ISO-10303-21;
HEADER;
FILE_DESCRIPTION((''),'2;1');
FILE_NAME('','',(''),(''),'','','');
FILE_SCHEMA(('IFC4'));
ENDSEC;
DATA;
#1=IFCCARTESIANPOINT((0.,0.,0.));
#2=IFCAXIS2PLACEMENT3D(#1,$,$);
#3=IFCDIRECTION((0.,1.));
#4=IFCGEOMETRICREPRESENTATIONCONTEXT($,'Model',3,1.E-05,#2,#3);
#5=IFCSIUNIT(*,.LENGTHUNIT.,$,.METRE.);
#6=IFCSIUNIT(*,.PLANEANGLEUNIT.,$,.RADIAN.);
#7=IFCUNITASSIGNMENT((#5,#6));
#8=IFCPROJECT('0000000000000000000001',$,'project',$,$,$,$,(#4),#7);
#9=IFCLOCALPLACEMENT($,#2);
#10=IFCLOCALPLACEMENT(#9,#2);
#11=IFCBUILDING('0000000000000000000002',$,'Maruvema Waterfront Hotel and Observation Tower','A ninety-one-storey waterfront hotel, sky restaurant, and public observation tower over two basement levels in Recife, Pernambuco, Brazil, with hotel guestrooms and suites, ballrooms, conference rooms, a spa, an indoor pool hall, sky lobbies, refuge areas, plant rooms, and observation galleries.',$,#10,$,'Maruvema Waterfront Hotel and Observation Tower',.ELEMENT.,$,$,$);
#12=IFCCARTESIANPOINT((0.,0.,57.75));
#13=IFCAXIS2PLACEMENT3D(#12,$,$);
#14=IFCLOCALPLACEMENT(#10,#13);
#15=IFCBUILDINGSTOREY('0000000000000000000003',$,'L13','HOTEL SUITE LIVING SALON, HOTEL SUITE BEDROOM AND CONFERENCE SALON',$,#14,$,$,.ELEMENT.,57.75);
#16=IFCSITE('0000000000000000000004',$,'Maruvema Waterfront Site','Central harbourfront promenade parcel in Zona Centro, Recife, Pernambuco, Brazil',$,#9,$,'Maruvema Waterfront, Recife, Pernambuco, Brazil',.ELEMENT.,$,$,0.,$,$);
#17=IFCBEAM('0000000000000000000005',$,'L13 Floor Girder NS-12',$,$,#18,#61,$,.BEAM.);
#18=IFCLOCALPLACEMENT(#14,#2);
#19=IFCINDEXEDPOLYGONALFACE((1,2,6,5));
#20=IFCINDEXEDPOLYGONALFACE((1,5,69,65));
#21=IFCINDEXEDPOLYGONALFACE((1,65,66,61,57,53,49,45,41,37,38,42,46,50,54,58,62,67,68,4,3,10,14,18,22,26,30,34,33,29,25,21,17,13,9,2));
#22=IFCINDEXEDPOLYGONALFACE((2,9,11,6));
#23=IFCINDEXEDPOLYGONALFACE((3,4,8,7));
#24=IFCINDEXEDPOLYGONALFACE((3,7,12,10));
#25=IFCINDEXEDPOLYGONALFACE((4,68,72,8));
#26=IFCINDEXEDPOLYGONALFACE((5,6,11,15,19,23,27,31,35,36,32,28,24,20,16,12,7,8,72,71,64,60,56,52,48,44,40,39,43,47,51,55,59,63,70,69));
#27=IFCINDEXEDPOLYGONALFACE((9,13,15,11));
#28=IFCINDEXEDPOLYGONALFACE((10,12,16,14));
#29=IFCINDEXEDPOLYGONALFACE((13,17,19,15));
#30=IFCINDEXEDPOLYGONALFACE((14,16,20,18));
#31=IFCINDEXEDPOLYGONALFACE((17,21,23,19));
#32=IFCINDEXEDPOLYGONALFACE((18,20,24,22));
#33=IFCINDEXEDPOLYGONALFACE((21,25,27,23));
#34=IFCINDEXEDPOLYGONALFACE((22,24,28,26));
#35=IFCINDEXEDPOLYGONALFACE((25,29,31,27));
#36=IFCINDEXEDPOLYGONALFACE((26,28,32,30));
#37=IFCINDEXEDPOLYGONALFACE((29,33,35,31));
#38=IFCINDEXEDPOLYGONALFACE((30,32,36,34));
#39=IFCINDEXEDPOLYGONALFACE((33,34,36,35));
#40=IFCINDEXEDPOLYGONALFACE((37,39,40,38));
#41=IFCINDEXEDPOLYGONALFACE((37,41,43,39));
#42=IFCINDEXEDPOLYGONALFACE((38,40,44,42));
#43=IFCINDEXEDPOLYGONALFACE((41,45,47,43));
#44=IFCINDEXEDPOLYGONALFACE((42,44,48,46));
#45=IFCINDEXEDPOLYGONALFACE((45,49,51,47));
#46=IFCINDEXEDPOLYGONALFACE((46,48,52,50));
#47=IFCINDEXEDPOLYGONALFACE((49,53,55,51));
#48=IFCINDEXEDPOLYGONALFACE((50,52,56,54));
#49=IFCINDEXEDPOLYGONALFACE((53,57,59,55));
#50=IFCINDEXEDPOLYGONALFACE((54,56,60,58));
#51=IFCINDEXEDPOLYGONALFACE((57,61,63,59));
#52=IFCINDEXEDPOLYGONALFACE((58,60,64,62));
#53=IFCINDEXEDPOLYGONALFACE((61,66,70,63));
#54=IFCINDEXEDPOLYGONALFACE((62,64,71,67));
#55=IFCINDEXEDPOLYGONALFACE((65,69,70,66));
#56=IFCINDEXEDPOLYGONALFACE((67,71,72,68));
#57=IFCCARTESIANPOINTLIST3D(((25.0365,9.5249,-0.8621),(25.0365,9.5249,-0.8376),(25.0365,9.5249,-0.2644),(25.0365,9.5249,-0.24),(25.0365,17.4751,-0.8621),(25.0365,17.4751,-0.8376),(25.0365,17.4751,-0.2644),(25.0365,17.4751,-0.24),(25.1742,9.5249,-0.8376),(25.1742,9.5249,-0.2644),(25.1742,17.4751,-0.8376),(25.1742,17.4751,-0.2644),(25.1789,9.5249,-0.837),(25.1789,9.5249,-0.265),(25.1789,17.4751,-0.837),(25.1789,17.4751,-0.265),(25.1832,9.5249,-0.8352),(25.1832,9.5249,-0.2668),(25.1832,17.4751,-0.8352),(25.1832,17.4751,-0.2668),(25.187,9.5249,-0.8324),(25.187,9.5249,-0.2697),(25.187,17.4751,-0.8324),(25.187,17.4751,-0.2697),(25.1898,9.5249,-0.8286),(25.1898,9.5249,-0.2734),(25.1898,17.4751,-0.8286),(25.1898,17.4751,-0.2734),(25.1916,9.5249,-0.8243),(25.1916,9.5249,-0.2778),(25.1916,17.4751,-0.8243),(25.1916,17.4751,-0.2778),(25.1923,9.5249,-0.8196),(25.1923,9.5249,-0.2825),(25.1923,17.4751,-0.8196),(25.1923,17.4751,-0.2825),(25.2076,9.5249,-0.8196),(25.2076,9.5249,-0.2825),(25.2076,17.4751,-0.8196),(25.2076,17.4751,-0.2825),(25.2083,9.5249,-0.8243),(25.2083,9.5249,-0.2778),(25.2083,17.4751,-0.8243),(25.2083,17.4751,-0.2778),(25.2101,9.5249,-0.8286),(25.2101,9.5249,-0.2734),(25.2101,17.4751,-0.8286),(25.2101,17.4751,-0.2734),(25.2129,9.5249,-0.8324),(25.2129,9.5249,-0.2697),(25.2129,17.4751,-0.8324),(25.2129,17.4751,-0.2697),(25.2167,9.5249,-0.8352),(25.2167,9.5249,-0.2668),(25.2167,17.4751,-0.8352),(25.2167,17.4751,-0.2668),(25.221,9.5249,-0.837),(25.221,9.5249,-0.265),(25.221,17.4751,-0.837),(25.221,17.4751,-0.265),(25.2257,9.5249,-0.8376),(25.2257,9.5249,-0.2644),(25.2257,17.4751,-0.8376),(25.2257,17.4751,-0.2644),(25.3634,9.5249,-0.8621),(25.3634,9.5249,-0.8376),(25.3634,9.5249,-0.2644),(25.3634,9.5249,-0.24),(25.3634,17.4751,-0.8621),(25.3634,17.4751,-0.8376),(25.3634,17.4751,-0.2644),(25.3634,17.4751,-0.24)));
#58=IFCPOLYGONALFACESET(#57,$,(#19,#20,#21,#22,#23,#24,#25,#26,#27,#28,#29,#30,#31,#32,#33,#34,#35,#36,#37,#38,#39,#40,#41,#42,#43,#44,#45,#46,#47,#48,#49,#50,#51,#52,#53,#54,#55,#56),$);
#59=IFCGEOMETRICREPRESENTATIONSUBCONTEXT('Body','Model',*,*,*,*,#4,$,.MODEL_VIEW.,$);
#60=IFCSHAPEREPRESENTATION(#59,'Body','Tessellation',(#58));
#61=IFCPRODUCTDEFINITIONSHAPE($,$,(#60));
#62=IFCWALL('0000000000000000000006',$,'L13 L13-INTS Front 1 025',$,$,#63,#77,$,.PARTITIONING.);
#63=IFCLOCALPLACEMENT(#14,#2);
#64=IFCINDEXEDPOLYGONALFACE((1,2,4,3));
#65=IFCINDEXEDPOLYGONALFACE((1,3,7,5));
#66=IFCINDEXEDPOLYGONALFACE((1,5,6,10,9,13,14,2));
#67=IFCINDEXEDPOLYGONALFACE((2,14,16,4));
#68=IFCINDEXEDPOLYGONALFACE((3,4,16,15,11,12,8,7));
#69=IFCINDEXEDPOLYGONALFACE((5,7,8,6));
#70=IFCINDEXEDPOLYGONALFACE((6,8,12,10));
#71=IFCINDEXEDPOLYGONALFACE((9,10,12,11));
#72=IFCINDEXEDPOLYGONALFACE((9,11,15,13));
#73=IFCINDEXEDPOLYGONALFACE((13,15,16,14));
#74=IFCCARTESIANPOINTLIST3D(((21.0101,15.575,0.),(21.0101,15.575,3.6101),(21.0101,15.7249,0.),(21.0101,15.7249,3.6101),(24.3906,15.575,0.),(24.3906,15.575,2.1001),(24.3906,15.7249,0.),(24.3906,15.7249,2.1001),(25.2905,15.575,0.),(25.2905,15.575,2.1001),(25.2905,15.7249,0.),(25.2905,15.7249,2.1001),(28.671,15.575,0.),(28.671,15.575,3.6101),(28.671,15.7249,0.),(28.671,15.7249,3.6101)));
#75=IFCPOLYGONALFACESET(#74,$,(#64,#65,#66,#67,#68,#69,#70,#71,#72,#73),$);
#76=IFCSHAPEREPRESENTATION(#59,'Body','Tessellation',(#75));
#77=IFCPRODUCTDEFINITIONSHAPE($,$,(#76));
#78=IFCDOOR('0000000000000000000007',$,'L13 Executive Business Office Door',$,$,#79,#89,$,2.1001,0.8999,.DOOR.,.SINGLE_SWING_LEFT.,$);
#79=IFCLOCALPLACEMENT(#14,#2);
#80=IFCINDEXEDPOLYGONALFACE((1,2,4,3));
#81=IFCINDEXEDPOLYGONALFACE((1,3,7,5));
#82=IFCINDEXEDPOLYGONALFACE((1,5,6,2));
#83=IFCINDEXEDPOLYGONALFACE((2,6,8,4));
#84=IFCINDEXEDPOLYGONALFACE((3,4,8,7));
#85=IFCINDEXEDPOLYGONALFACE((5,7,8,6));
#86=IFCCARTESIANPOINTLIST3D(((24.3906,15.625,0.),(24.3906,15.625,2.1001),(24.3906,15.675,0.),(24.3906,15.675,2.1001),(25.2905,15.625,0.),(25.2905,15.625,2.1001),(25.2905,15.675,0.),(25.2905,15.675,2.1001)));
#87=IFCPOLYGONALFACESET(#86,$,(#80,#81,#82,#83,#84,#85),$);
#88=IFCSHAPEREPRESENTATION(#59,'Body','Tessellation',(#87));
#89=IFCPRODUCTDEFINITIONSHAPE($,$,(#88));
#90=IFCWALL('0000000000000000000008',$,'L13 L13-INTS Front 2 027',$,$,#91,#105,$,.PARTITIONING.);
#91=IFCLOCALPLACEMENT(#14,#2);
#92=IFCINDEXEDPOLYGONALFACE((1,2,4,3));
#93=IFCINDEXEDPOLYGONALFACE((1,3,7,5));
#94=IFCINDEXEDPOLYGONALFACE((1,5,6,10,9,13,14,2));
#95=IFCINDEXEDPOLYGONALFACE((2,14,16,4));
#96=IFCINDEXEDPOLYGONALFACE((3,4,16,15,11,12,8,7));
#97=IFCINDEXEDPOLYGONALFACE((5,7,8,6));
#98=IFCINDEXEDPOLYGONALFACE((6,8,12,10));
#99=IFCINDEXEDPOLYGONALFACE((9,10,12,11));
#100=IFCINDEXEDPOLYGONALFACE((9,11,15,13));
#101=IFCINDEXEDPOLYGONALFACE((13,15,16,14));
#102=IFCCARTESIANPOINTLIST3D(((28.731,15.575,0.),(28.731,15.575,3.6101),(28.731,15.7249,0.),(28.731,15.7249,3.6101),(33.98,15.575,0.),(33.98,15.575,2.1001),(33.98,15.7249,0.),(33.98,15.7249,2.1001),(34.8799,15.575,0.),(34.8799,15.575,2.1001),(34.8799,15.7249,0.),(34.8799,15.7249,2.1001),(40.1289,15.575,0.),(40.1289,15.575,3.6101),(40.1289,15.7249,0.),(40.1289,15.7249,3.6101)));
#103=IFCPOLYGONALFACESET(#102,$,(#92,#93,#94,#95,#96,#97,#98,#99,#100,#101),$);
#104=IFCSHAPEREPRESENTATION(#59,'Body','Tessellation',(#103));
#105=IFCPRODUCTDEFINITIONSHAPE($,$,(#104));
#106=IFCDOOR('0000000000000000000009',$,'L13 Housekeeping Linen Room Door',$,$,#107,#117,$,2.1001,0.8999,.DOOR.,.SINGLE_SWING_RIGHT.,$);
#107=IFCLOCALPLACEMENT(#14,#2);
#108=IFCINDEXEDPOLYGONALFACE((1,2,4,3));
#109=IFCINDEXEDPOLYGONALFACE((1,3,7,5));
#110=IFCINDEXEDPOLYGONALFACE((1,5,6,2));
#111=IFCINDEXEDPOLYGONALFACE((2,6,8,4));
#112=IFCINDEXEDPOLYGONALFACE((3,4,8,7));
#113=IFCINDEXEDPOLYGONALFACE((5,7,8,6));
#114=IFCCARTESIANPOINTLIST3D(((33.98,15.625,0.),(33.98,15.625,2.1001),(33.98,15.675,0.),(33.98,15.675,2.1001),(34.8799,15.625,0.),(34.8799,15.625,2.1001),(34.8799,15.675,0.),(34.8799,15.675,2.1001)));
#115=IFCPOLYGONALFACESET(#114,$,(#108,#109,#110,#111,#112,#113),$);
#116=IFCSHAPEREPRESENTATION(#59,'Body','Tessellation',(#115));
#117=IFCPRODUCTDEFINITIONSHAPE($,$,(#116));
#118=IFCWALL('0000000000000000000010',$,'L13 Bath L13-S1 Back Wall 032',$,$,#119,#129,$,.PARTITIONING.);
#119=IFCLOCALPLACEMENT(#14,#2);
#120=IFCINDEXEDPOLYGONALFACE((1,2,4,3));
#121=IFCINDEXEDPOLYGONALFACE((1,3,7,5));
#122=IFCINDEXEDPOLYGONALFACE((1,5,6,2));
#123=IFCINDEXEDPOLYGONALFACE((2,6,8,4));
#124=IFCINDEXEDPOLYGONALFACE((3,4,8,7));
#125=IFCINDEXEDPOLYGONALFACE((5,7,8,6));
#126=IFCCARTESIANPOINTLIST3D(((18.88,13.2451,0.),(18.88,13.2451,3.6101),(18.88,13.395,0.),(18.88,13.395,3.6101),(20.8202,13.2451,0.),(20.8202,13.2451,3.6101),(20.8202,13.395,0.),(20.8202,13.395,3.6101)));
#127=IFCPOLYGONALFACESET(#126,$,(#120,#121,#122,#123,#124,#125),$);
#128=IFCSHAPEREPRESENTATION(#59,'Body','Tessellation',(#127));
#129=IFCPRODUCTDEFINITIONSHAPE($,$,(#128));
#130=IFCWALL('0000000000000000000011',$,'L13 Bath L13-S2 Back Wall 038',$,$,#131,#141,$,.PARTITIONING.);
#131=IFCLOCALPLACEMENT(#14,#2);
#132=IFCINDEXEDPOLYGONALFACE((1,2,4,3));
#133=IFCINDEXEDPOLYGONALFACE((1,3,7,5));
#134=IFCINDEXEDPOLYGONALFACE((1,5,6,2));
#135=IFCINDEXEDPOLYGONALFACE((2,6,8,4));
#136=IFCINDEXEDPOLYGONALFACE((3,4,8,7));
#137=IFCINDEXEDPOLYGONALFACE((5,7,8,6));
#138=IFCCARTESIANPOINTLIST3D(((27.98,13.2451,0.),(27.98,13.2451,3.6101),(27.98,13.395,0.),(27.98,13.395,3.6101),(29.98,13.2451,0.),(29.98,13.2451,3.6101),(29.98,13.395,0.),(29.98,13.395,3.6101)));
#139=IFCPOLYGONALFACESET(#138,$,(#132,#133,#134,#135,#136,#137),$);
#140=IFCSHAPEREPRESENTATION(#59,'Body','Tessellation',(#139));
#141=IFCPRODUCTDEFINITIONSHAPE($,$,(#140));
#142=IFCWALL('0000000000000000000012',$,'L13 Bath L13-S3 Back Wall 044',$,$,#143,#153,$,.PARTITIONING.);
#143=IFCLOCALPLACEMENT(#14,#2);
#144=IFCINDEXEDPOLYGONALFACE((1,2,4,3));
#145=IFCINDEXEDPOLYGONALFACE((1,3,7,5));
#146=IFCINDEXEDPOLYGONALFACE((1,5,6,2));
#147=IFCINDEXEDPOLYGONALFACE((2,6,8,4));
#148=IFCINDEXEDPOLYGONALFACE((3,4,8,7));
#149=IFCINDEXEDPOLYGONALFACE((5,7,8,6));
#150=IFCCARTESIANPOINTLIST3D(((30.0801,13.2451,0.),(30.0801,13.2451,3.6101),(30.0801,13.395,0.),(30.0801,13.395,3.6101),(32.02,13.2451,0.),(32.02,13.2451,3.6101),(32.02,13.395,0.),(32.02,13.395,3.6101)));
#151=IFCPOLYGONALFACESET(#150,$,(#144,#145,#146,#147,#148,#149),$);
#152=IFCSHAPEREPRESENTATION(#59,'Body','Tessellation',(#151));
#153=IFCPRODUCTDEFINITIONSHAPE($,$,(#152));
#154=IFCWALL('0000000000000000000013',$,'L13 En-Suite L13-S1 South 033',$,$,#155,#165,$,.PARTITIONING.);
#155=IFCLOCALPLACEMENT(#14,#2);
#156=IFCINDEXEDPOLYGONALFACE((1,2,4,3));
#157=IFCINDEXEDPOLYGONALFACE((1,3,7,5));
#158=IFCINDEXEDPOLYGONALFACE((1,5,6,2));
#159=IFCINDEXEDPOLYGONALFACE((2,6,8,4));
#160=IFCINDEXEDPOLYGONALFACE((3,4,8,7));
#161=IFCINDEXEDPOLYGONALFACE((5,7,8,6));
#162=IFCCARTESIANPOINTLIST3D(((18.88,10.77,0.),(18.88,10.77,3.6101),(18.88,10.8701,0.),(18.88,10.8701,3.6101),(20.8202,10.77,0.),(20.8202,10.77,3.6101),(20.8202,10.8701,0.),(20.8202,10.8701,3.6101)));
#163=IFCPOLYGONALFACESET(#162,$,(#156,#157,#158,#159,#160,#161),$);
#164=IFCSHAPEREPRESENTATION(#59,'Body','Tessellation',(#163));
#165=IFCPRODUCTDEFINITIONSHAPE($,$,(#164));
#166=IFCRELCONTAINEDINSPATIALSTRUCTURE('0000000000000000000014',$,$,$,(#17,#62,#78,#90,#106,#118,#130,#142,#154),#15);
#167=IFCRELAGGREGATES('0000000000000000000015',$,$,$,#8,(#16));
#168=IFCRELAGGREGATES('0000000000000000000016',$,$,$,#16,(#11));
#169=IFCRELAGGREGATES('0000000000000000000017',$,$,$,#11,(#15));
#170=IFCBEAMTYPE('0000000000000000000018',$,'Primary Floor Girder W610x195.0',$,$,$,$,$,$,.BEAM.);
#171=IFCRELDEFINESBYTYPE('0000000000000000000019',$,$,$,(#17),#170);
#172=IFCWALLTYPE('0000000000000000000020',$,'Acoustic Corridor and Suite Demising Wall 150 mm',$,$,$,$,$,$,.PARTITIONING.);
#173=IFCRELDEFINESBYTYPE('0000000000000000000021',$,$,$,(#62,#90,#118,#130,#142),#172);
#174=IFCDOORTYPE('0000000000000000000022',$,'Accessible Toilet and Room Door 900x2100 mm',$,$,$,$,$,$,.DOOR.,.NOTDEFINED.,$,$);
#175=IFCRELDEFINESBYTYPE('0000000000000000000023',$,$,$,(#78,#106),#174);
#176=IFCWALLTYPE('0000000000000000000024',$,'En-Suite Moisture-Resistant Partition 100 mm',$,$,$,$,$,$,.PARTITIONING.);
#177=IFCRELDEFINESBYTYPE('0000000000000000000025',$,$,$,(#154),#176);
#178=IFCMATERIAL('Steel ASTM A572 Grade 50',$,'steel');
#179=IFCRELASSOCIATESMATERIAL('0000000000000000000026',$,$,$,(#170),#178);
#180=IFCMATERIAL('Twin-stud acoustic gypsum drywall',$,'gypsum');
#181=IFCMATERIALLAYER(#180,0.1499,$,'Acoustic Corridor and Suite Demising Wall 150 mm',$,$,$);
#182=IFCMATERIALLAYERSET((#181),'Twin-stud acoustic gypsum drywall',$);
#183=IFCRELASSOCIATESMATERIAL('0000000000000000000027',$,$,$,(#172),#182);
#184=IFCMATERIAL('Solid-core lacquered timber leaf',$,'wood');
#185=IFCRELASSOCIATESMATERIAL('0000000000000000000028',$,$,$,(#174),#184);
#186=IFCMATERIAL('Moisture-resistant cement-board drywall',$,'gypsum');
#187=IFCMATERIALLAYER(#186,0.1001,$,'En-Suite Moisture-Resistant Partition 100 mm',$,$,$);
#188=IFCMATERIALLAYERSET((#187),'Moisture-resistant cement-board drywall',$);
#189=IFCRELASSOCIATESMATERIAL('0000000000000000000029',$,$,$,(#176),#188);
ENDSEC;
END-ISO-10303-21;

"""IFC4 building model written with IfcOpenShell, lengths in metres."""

from ifc_helpers import new_model, si_unit, direction, frame, frame_2d, origin, origin_2d, place, context, subcontext, project, spatial, rectangle, i_section, extrude, material, layer, layer_set, material_profile, profile_set, type_object, element, fill, save


model = new_model("IFC4")

# Units and contexts
model_context = context("Model", 3, precision=1e-05, world=origin(), true_north=direction((0.0, 1.0)))
body_context = subcontext(model_context, "Body", "Model", "MODEL_VIEW")
ifc_project = project(units=[si_unit("LENGTHUNIT", "METRE"), si_unit("PLANEANGLEUNIT", "RADIAN")], contexts=[model_context])

# Site, building, storey
site_placement = place(None, origin())
site = spatial("IfcSite", under=ifc_project, at=site_placement, Name="Maruvema Waterfront Site", Description="Central harbourfront promenade parcel in Zona Centro, Recife, Pernambuco, Brazil", LongName="Maruvema Waterfront, Recife, Pernambuco, Brazil", CompositionType="ELEMENT", RefElevation=0.0)
building_placement = place(site_placement, origin())
building = spatial("IfcBuilding", under=site, at=building_placement, Name="Maruvema Waterfront Hotel and Observation Tower", Description="A ninety-one-storey waterfront hotel, sky restaurant, and public observation tower over two basement levels in Recife, Pernambuco, Brazil, with hotel guestrooms and suites, ballrooms, conference rooms, a spa, an indoor pool hall, sky lobbies, refuge areas, plant rooms, and observation galleries.", LongName="Maruvema Waterfront Hotel and Observation Tower", CompositionType="ELEMENT")
storey_placement = place(building_placement, frame((0.0, 0.0, 57.75)))
storey = spatial("IfcBuildingStorey", under=building, at=storey_placement, Name="L13", Description="HOTEL SUITE LIVING SALON, HOTEL SUITE BEDROOM AND CONFERENCE SALON", CompositionType="ELEMENT", Elevation=57.75)

# Beam
ifc_material_1 = material(Name="Steel ASTM A572 Grade 50", Category="steel")
ifc_material_profile = material_profile(ifc_material_1, i_section(OverallWidth=0.3269, OverallDepth=0.6221, WebThickness=0.0154, FlangeThickness=0.0244, FilletRadius=0.0181, at=origin_2d()), Name="W610x195.0")
ifc_profile_set = profile_set([ifc_material_profile], Name="Steel ASTM A572 Grade 50")
beam_type = type_object("IfcBeamType", Name="Primary Floor Girder W610x195.0", PredefinedType="BEAM", material=ifc_profile_set)
beam_placement = place(storey_placement, frame((25.2, 9.5249, -0.551), z_axis=(0.0, 1.0, 0.0), x_axis=(-1.0, 0.0, 0.0)))
element("IfcBeam", 1, at=beam_placement, inside=storey, type_object=beam_type, Name="L13 Floor Girder NS-12", PredefinedType="BEAM", context=body_context, shape_type="SweptSolid", body=[
    extrude(i_section(OverallWidth=0.3269, OverallDepth=0.6221, WebThickness=0.0154, FlangeThickness=0.0244, FilletRadius=0.0181, at=origin_2d()), origin(), (0.0, 0.0, 1.0), 7.9502),
])

# Walls, openings, doors
ifc_material_2 = material(Name="Twin-stud acoustic gypsum drywall", Category="gypsum")
ifc_layer_1 = layer(ifc_material_2, 0.1499, Name="Acoustic Corridor and Suite Demising Wall 150 mm")
ifc_layer_set_1 = layer_set([ifc_layer_1], Name="Twin-stud acoustic gypsum drywall")
wall_type_1 = type_object("IfcWallType", Name="Acoustic Corridor and Suite Demising Wall 150 mm", PredefinedType="PARTITIONING", material=ifc_layer_set_1)
wall_1_placement = place(storey_placement, frame((21.01, 15.6499, 0.0), z_axis=(0.0, 0.0, 1.0), x_axis=(1.0, 0.0, 0.0)))
wall_1 = element("IfcWall", 2, at=wall_1_placement, inside=storey, type_object=wall_type_1, Name="L13 L13-INTS Front 1 025", PredefinedType="PARTITIONING", context=body_context, shape_type="SweptSolid", body=[
    extrude(rectangle(XDim=7.6609, YDim=0.1499, at=frame_2d((3.8306, 0.0))), origin(), (0.0, 0.0, 1.0), 3.6101),
])
opening_1_placement = place(wall_1_placement, frame((3.3806, 0.0, 0.0)))
opening_1 = element("IfcOpeningElement", 3, at=opening_1_placement, cuts=wall_1, PredefinedType="OPENING", context=body_context, shape_type="SweptSolid", body=[
    extrude(rectangle(XDim=0.8999, YDim=2.1001, at=frame_2d((0.45, 1.05))), frame((0.0, 0.085, 0.0), z_axis=(0.0, -1.0, 0.0), x_axis=(1.0, 0.0, 0.0)), (0.0, 0.0, 1.0), 0.1699),
])
ifc_material_3 = material(Name="Solid-core lacquered timber leaf", Category="wood")
door_type_1 = type_object("IfcDoorType", Name="Accessible Toilet and Room Door 900x2100 mm", OperationType="NOTDEFINED", PredefinedType="DOOR", material=ifc_material_3)
door_1_placement = place(opening_1_placement, frame((0.8999, 0.0, 0.0), z_axis=(0.0, 0.0, 1.0), x_axis=(-1.0, 0.0, 0.0)))
door_1 = element("IfcDoor", 4, at=door_1_placement, inside=storey, type_object=door_type_1, Name="L13 Executive Business Office Door", OperationType="SINGLE_SWING_LEFT", OverallHeight=2.1001, OverallWidth=0.8999, PredefinedType="DOOR", context=body_context, shape_type="SweptSolid", body=[
    extrude(rectangle(XDim=0.8999, YDim=2.1001, at=frame_2d((0.45, 1.05))), frame((0.0, 0.0249, 0.0), z_axis=(0.0, -1.0, 0.0), x_axis=(1.0, 0.0, 0.0)), (0.0, 0.0, 1.0), 0.05),
])
fill(opening_1, door_1)
wall_2_placement = place(storey_placement, frame((28.731, 15.6499, 0.0), z_axis=(0.0, 0.0, 1.0), x_axis=(1.0, 0.0, 0.0)))
wall_2 = element("IfcWall", 5, at=wall_2_placement, inside=storey, type_object=wall_type_1, Name="L13 L13-INTS Front 2 027", PredefinedType="PARTITIONING", context=body_context, shape_type="SweptSolid", body=[
    extrude(rectangle(XDim=11.3979, YDim=0.1499, at=frame_2d((5.699, 0.0))), origin(), (0.0, 0.0, 1.0), 3.6101),
])
opening_2_placement = place(wall_2_placement, frame((5.249, 0.0, 0.0)))
opening_2 = element("IfcOpeningElement", 6, at=opening_2_placement, cuts=wall_2, PredefinedType="OPENING", context=body_context, shape_type="SweptSolid", body=[
    extrude(rectangle(XDim=0.8999, YDim=2.1001, at=frame_2d((0.45, 1.05))), frame((0.0, 0.085, 0.0), z_axis=(0.0, -1.0, 0.0), x_axis=(1.0, 0.0, 0.0)), (0.0, 0.0, 1.0), 0.1699),
])
door_2_placement = place(opening_2_placement, frame((0.8999, 0.0, 0.0), z_axis=(0.0, 0.0, 1.0), x_axis=(-1.0, 0.0, 0.0)))
door_2 = element("IfcDoor", 7, at=door_2_placement, inside=storey, type_object=door_type_1, Name="L13 Housekeeping Linen Room Door", OperationType="SINGLE_SWING_RIGHT", OverallHeight=2.1001, OverallWidth=0.8999, PredefinedType="DOOR", context=body_context, shape_type="SweptSolid", body=[
    extrude(rectangle(XDim=0.8999, YDim=2.1001, at=frame_2d((0.45, 1.05))), frame((0.0, 0.0249, 0.0), z_axis=(0.0, -1.0, 0.0), x_axis=(1.0, 0.0, 0.0)), (0.0, 0.0, 1.0), 0.05),
])
fill(opening_2, door_2)

# Wall
wall_3_placement = place(storey_placement, frame((18.8799, 13.3201, 0.0), z_axis=(0.0, 0.0, 1.0), x_axis=(1.0, 0.0, 0.0)))
element("IfcWall", 8, at=wall_3_placement, inside=storey, type_object=wall_type_1, Name="L13 Bath L13-S1 Back Wall 032", PredefinedType="PARTITIONING", context=body_context, shape_type="SweptSolid", body=[
    extrude(rectangle(XDim=1.9402, YDim=0.1499, at=frame_2d((0.9702, 0.0))), origin(), (0.0, 0.0, 1.0), 3.6101),
])

# Wall
wall_4_placement = place(storey_placement, frame((27.98, 13.3201, 0.0), z_axis=(0.0, 0.0, 1.0), x_axis=(1.0, 0.0, 0.0)))
element("IfcWall", 9, at=wall_4_placement, inside=storey, type_object=wall_type_1, Name="L13 Bath L13-S2 Back Wall 038", PredefinedType="PARTITIONING", context=body_context, shape_type="SweptSolid", body=[
    extrude(rectangle(XDim=2.0, YDim=0.1499, at=frame_2d((1.0, 0.0))), origin(), (0.0, 0.0, 1.0), 3.6101),
])

# Wall
wall_5_placement = place(storey_placement, frame((30.0801, 13.3201, 0.0), z_axis=(0.0, 0.0, 1.0), x_axis=(1.0, 0.0, 0.0)))
element("IfcWall", 10, at=wall_5_placement, inside=storey, type_object=wall_type_1, Name="L13 Bath L13-S3 Back Wall 044", PredefinedType="PARTITIONING", context=body_context, shape_type="SweptSolid", body=[
    extrude(rectangle(XDim=1.9399, YDim=0.1499, at=frame_2d((0.97, 0.0))), origin(), (0.0, 0.0, 1.0), 3.6101),
])

# Wall
ifc_material_4 = material(Name="Moisture-resistant cement-board drywall", Category="gypsum")
ifc_layer_2 = layer(ifc_material_4, 0.1001, Name="En-Suite Moisture-Resistant Partition 100 mm")
ifc_layer_set_2 = layer_set([ifc_layer_2], Name="Moisture-resistant cement-board drywall")
wall_type_2 = type_object("IfcWallType", Name="En-Suite Moisture-Resistant Partition 100 mm", PredefinedType="PARTITIONING", material=ifc_layer_set_2)
wall_6_placement = place(storey_placement, frame((18.8799, 10.8201, 0.0), z_axis=(0.0, 0.0, 1.0), x_axis=(1.0, 0.0, 0.0)))
element("IfcWall", 11, at=wall_6_placement, inside=storey, type_object=wall_type_2, Name="L13 En-Suite L13-S1 South 033", PredefinedType="PARTITIONING", context=body_context, shape_type="SweptSolid", body=[
    extrude(rectangle(XDim=1.9402, YDim=0.1001, at=frame_2d((0.9702, 0.0))), origin(), (0.0, 0.0, 1.0), 3.6101),
])

save(model, "model.ifc")
